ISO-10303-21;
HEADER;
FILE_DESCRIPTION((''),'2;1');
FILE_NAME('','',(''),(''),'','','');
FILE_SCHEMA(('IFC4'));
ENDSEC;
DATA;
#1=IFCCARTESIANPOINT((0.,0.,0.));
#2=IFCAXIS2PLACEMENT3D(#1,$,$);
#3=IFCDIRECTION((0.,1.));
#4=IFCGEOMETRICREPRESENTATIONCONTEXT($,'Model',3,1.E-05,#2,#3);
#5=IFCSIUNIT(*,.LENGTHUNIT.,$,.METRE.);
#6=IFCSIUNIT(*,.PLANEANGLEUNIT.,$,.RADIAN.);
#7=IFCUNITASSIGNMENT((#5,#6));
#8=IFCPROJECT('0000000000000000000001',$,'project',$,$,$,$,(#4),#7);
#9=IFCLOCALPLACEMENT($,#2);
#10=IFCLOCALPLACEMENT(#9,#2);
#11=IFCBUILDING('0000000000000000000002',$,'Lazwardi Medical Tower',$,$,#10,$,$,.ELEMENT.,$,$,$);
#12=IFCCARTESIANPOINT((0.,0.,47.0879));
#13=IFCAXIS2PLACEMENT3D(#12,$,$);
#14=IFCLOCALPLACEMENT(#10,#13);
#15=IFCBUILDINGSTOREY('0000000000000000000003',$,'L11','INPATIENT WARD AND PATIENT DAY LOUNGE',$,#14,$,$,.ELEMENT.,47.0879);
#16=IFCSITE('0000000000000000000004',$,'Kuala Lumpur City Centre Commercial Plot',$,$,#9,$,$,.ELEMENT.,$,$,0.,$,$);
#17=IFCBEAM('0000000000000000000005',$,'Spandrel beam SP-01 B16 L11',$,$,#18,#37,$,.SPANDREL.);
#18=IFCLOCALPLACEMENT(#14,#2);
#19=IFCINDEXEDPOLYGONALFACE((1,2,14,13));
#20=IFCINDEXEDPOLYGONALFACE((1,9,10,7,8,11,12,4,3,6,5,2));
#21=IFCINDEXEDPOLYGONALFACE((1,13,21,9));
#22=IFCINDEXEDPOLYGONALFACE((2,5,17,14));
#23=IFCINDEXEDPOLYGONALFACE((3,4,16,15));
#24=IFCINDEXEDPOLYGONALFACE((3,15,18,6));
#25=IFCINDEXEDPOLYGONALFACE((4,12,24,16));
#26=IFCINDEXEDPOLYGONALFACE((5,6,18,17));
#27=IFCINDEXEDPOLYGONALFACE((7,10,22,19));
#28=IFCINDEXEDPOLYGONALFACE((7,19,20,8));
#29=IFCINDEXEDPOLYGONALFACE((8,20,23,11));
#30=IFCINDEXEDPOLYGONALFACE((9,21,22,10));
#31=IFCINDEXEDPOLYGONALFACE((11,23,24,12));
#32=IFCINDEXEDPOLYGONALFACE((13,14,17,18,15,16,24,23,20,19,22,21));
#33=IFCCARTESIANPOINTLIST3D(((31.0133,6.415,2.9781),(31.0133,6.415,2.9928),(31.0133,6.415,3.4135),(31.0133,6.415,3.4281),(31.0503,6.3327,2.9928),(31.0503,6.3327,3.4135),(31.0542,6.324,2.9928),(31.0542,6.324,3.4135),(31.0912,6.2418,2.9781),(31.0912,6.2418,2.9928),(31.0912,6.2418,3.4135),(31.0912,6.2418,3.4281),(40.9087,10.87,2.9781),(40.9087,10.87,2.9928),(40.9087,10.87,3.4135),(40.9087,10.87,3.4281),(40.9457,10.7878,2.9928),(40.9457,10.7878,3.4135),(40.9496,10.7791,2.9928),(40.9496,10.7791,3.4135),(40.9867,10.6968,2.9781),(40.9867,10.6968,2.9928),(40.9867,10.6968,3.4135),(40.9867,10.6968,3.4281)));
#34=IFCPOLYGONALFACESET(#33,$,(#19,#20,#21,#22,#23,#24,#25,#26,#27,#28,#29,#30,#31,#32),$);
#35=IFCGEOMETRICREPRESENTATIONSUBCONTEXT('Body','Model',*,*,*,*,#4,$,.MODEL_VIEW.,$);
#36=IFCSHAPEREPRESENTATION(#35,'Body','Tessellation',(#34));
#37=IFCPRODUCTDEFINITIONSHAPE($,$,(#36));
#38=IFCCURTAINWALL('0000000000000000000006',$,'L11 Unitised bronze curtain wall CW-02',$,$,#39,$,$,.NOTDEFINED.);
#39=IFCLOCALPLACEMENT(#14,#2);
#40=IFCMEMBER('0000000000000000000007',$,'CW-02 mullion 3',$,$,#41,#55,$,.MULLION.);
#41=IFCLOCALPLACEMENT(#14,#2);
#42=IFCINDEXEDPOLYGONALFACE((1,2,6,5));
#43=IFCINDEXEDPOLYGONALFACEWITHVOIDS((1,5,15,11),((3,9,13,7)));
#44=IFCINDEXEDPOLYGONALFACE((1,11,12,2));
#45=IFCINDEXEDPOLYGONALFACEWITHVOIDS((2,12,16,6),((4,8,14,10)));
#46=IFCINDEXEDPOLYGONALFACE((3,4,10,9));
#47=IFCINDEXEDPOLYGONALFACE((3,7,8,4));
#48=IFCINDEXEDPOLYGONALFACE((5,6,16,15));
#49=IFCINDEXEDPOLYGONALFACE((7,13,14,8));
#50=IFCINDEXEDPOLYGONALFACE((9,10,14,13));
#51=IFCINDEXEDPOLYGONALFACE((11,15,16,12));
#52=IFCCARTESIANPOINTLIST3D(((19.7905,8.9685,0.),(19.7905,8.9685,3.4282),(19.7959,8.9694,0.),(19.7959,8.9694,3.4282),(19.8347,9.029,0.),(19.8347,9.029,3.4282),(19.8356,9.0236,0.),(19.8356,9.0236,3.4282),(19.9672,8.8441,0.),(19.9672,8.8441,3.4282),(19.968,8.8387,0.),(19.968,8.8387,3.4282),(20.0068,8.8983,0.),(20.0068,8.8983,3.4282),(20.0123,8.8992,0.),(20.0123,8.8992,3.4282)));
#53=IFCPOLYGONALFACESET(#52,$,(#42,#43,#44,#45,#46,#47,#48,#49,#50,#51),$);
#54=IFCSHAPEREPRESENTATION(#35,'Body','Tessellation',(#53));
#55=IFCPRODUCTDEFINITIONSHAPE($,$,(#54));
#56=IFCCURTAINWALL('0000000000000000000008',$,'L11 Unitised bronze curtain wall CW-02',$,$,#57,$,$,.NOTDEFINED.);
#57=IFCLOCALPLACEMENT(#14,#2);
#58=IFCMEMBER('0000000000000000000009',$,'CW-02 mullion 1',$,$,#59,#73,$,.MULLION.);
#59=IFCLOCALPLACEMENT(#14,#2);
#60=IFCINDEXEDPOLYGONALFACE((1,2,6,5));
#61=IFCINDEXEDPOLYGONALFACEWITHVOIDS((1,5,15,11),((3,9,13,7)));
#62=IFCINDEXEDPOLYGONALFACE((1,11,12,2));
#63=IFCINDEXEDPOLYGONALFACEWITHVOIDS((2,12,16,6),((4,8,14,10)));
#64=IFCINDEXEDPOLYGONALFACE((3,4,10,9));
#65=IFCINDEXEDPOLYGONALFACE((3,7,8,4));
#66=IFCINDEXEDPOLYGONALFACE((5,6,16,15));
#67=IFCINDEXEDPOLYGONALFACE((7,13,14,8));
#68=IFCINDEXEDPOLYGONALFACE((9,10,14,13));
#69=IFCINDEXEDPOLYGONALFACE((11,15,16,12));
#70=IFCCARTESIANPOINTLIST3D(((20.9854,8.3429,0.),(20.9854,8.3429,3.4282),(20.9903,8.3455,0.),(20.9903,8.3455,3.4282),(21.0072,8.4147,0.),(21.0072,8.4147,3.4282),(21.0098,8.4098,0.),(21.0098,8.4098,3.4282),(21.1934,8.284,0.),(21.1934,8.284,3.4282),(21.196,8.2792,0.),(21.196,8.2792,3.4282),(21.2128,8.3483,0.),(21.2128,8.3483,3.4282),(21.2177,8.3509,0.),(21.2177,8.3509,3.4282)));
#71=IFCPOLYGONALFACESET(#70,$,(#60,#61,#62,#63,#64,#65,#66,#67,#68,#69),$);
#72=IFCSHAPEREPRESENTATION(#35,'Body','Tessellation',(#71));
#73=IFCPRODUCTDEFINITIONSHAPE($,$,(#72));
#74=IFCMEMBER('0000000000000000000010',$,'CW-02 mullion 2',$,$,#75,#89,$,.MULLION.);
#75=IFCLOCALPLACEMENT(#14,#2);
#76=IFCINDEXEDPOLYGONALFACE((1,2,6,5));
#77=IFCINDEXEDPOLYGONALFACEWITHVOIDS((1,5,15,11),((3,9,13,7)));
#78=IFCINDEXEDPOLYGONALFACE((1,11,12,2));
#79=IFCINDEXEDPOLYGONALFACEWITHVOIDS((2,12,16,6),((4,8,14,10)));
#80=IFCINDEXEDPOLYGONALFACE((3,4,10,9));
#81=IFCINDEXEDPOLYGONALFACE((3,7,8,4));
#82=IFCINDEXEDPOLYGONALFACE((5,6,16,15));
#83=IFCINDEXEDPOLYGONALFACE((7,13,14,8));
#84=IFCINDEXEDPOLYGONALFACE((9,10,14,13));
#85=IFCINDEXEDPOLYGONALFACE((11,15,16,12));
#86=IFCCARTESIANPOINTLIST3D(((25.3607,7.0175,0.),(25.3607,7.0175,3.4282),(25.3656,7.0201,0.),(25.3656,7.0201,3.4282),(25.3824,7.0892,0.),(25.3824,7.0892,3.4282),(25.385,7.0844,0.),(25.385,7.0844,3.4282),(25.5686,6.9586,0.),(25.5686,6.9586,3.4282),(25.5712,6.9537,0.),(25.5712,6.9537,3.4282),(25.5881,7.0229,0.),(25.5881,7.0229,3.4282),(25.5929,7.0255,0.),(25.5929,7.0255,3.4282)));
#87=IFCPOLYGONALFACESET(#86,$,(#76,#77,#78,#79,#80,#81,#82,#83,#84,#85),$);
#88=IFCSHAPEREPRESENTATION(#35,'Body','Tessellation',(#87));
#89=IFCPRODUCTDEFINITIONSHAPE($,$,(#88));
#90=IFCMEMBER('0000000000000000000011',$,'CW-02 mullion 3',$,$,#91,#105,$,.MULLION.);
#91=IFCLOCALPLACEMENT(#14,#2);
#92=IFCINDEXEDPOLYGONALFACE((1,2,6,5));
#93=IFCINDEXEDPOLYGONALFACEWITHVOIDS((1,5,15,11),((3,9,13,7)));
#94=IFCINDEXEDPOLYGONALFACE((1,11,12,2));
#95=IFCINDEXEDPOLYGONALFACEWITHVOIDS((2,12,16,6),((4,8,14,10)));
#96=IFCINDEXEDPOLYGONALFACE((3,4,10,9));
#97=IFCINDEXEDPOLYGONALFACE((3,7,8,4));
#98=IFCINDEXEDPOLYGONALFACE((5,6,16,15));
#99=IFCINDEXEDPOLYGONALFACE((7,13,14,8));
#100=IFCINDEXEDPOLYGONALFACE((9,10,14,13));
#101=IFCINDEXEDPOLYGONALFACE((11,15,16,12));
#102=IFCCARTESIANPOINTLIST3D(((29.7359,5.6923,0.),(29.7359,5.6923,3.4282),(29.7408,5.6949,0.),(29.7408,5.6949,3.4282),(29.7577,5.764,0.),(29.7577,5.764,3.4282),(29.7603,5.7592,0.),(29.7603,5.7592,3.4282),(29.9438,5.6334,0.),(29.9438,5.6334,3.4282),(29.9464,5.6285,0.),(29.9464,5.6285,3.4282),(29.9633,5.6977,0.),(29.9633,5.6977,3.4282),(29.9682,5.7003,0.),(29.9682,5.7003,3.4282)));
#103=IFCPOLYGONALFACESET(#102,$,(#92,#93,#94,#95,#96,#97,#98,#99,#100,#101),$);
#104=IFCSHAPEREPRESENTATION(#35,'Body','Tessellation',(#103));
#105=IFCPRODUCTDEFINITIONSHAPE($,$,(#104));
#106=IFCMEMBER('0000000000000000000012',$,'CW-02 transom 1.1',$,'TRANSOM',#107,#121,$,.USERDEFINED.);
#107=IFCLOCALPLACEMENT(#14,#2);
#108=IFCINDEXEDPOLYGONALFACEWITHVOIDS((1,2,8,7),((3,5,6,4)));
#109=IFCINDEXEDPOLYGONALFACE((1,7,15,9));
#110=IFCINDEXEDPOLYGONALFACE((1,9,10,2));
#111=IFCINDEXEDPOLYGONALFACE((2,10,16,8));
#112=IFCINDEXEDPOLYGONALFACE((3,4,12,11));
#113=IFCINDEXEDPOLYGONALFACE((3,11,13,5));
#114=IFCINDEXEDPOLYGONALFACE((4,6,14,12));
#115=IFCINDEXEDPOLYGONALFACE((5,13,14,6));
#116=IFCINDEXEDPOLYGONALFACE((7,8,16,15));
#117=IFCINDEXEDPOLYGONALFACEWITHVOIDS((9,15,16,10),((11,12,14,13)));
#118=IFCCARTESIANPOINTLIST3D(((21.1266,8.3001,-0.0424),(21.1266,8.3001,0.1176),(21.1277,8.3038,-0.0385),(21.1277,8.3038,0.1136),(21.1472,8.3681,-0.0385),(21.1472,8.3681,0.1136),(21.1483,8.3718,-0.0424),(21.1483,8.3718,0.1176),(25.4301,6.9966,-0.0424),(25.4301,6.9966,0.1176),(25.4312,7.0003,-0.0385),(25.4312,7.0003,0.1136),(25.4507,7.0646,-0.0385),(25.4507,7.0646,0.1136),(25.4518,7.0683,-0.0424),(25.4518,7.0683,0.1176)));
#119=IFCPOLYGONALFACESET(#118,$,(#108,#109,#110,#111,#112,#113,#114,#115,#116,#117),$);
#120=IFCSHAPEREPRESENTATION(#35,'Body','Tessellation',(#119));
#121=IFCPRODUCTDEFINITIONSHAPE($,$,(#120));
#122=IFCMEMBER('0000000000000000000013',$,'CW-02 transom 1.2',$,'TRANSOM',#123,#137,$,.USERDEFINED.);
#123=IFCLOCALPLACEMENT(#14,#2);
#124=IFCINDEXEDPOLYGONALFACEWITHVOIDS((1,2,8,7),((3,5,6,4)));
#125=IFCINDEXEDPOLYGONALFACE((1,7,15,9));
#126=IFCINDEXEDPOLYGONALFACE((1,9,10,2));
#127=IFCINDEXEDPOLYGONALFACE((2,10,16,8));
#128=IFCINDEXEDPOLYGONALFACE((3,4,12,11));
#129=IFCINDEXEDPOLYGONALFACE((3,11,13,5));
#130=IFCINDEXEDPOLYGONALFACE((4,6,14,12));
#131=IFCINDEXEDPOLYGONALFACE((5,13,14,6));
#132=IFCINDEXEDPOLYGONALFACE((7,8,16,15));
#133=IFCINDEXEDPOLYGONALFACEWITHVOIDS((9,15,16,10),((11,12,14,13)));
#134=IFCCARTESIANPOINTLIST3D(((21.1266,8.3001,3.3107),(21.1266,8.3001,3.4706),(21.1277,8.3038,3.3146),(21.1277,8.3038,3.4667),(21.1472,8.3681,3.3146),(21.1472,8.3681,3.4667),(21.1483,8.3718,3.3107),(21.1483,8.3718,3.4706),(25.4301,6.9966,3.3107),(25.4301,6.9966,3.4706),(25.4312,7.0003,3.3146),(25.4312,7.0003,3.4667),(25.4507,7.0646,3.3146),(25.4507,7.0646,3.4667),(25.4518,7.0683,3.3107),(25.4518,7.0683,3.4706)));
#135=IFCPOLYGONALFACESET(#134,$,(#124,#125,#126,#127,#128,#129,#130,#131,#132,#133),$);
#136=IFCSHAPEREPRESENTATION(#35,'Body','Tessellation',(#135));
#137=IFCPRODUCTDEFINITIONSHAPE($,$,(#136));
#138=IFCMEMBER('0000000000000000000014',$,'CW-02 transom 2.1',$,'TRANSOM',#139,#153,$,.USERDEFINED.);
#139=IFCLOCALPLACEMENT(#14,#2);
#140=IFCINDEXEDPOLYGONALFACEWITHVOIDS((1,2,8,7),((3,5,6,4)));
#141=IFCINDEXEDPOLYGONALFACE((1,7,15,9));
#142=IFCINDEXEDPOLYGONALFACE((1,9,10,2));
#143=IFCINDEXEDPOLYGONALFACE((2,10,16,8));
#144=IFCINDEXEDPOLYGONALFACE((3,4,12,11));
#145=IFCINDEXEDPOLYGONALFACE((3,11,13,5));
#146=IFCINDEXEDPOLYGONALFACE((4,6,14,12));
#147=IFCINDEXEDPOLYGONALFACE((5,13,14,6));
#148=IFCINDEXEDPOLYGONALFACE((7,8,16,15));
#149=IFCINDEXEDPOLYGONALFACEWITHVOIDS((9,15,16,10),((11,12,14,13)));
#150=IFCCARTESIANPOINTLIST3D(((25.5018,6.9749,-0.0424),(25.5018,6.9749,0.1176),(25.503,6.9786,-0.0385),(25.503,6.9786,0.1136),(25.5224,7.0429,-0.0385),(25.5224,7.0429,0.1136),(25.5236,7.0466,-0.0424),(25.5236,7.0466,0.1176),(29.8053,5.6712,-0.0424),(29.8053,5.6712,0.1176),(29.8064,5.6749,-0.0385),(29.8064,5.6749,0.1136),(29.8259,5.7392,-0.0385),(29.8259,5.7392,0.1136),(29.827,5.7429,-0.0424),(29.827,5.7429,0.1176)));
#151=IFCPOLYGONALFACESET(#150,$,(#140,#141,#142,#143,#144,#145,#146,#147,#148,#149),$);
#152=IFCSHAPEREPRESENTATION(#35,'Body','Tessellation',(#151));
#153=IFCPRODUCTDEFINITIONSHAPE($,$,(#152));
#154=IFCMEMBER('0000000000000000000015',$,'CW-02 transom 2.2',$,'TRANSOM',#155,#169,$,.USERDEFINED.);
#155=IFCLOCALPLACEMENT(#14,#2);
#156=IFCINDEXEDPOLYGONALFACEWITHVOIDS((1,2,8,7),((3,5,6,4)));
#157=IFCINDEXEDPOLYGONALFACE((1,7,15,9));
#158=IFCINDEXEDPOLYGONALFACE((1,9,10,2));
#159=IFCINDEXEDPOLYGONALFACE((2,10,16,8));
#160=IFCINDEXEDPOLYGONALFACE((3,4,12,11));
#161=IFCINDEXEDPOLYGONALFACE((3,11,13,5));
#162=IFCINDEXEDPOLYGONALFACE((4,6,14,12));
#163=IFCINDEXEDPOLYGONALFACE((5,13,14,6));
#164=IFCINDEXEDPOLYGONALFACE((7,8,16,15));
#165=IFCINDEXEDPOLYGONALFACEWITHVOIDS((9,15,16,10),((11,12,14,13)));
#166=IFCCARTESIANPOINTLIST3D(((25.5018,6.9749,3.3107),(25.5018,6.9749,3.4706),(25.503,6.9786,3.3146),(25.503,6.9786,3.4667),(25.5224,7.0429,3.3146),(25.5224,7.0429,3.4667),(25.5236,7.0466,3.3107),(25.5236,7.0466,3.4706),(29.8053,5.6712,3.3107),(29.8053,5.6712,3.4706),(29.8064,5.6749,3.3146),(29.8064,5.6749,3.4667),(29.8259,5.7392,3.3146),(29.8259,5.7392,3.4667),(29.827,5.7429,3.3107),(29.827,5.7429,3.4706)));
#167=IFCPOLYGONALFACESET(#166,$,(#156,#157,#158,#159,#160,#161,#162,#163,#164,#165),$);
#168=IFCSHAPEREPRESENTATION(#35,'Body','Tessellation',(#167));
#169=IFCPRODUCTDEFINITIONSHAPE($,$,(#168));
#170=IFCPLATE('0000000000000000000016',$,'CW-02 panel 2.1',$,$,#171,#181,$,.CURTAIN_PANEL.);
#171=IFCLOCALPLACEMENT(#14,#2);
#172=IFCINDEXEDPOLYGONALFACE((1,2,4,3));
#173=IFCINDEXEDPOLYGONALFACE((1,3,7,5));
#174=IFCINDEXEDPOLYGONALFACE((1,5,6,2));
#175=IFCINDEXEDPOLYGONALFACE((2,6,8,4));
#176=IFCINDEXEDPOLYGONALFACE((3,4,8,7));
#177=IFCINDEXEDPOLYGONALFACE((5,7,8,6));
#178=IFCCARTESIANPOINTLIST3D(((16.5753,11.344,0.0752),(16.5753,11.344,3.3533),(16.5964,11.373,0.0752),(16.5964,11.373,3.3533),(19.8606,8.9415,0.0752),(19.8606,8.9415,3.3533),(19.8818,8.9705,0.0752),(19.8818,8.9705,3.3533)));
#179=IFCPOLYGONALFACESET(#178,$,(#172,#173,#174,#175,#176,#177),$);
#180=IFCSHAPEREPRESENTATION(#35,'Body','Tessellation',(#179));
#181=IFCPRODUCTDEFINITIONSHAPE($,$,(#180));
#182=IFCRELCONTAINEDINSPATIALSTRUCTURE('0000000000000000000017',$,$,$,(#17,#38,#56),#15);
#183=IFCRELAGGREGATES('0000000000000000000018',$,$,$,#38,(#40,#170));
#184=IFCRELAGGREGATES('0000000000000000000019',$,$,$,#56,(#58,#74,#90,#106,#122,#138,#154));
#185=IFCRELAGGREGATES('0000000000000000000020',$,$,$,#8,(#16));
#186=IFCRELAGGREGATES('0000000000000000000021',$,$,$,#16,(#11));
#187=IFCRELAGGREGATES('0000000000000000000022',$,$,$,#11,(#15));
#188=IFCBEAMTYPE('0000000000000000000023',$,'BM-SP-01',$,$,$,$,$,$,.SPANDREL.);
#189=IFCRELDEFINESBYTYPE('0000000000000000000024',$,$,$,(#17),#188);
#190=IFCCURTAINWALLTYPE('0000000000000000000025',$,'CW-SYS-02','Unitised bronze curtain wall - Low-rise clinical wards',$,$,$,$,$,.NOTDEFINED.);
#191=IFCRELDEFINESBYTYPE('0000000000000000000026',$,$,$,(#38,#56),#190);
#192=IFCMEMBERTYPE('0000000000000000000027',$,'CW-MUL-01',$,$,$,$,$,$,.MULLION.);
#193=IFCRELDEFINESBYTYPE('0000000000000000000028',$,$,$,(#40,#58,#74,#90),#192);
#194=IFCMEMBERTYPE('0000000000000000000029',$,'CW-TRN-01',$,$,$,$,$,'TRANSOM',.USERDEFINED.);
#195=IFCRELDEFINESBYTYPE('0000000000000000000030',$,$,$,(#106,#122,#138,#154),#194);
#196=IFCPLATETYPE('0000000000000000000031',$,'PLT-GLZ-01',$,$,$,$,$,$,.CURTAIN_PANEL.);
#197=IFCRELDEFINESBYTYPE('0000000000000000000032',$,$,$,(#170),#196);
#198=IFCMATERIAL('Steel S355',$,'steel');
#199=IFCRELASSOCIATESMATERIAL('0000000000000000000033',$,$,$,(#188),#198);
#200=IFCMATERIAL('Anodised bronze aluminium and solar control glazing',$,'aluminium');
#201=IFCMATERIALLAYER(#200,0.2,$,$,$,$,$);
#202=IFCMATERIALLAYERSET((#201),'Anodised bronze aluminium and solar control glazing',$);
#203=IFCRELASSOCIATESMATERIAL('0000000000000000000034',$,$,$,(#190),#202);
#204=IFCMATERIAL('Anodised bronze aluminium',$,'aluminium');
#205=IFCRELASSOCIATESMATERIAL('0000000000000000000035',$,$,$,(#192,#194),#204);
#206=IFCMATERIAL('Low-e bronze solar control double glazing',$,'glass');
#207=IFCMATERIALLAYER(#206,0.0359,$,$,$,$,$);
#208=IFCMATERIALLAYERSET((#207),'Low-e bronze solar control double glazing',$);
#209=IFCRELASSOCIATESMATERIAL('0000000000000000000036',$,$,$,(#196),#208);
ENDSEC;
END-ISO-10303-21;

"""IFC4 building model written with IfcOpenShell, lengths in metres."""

from ifc_helpers import new_model, si_unit, direction, frame, origin, origin_2d, place, context, subcontext, project, spatial, rectangle, hollow_rectangle, i_section, extrude, material, layer, layer_set, material_profile, profile_set, type_object, element, aggregate, save


model = new_model("IFC4")

# Units and contexts
model_context = context("Model", 3, precision=1e-05, world=origin(), true_north=direction((0.0, 1.0)))
body_context = subcontext(model_context, "Body", "Model", "MODEL_VIEW")
ifc_project = project(units=[si_unit("LENGTHUNIT", "METRE"), si_unit("PLANEANGLEUNIT", "RADIAN")], contexts=[model_context])

# Site, building, storey
site_placement = place(None, origin())
site = spatial("IfcSite", under=ifc_project, at=site_placement, Name="Kuala Lumpur City Centre Commercial Plot", CompositionType="ELEMENT", RefElevation=0.0)
building_placement = place(site_placement, origin())
building = spatial("IfcBuilding", under=site, at=building_placement, Name="Lazwardi Medical Tower", CompositionType="ELEMENT")
storey_placement = place(building_placement, frame((0.0, 0.0, 47.0879)))
storey = spatial("IfcBuildingStorey", under=building, at=storey_placement, Name="L11", Description="INPATIENT WARD AND PATIENT DAY LOUNGE", CompositionType="ELEMENT", Elevation=47.0879)

# Beam
ifc_material_1 = material(Name="Steel S355", Category="steel")
ifc_material_profile_1 = material_profile(ifc_material_1, i_section(OverallWidth=0.1899, OverallDepth=0.45, WebThickness=0.0095, FlangeThickness=0.0146, at=origin_2d()), Name="IPE 450")
ifc_profile_set_1 = profile_set([ifc_material_profile_1], Name="Steel S355")
beam_type_1 = type_object("IfcBeamType", Name="BM-SP-01", PredefinedType="SPANDREL", material=ifc_profile_set_1)
beam_1_placement = place(storey_placement, frame((31.0522, 6.3284, 3.2031), z_axis=(0.911849, 0.410526, 0.0), x_axis=(-0.410526, 0.911849, 0.0)))
element("IfcBeam", 1, at=beam_1_placement, inside=storey, type_object=beam_type_1, Name="Spandrel beam SP-01 B16 L11", PredefinedType="SPANDREL", context=body_context, shape_type="SweptSolid", body=[
    extrude(i_section(OverallWidth=0.1899, OverallDepth=0.45, WebThickness=0.0095, FlangeThickness=0.0146, at=origin_2d()), origin(), (0.0, 0.0, 1.0), 10.8521),
])

# Curtain wall, member
ifc_material_2 = material(Name="Anodised bronze aluminium and solar control glazing", Category="aluminium")
ifc_layer_1 = layer(ifc_material_2, 0.2)
ifc_layer_set_1 = layer_set([ifc_layer_1], Name="Anodised bronze aluminium and solar control glazing")
curtain_wall_type = type_object("IfcCurtainWallType", Name="CW-SYS-02", Description="Unitised bronze curtain wall - Low-rise clinical wards", PredefinedType="NOTDEFINED", material=ifc_layer_set_1)
curtain_wall_1_placement = place(storey_placement, origin())
curtain_wall_1 = element("IfcCurtainWall", 2, at=curtain_wall_1_placement, inside=storey, type_object=curtain_wall_type, Name="L11 Unitised bronze curtain wall CW-02", PredefinedType="NOTDEFINED")
ifc_material_3 = material(Name="Anodised bronze aluminium", Category="aluminium")
ifc_material_profile_2 = material_profile(ifc_material_3, hollow_rectangle(XDim=0.075, YDim=0.22, WallThickness=0.0039, at=origin_2d()), Name="ALU-MULLION 220x75x4")
ifc_profile_set_2 = profile_set([ifc_material_profile_2], Name="Anodised bronze aluminium")
member_type_1 = type_object("IfcMemberType", Name="CW-MUL-01", PredefinedType="MULLION", material=ifc_profile_set_2)
member_1_placement = place(storey_placement, frame((19.9014, 8.9338, 0.0), z_axis=(0.0, 0.0, 1.0), x_axis=(0.590289, 0.807192, 0.0)))
member_1 = element("IfcMember", 3, at=member_1_placement, type_object=member_type_1, Name="CW-02 mullion 3", PredefinedType="MULLION", context=body_context, shape_type="SweptSolid", body=[
    extrude(hollow_rectangle(XDim=0.075, YDim=0.22, WallThickness=0.0039, at=origin_2d()), origin(), (0.0, 0.0, 1.0), 3.4282),
])

# Curtain wall, members
curtain_wall_2_placement = place(storey_placement, origin())
curtain_wall_2 = element("IfcCurtainWall", 4, at=curtain_wall_2_placement, inside=storey, type_object=curtain_wall_type, Name="L11 Unitised bronze curtain wall CW-02", PredefinedType="NOTDEFINED")
member_2_placement = place(storey_placement, frame((21.1016, 8.3469, 0.0), z_axis=(0.0, 0.0, 1.0), x_axis=(0.289896, 0.957058, 0.0)))
member_2 = element("IfcMember", 5, at=member_2_placement, type_object=member_type_1, Name="CW-02 mullion 1", PredefinedType="MULLION", context=body_context, shape_type="SweptSolid", body=[
    extrude(hollow_rectangle(XDim=0.075, YDim=0.22, WallThickness=0.0039, at=origin_2d()), origin(), (0.0, 0.0, 1.0), 3.4282),
])
member_3_placement = place(storey_placement, frame((25.4768, 7.0215, 0.0), z_axis=(0.0, 0.0, 1.0), x_axis=(0.289896, 0.957058, 0.0)))
member_3 = element("IfcMember", 6, at=member_3_placement, type_object=member_type_1, Name="CW-02 mullion 2", PredefinedType="MULLION", context=body_context, shape_type="SweptSolid", body=[
    extrude(hollow_rectangle(XDim=0.075, YDim=0.22, WallThickness=0.0039, at=origin_2d()), origin(), (0.0, 0.0, 1.0), 3.4282),
])
member_4_placement = place(storey_placement, frame((29.8521, 5.6963, 0.0), z_axis=(0.0, 0.0, 1.0), x_axis=(0.289896, 0.957058, 0.0)))
member_4 = element("IfcMember", 7, at=member_4_placement, type_object=member_type_1, Name="CW-02 mullion 3", PredefinedType="MULLION", context=body_context, shape_type="SweptSolid", body=[
    extrude(hollow_rectangle(XDim=0.075, YDim=0.22, WallThickness=0.0039, at=origin_2d()), origin(), (0.0, 0.0, 1.0), 3.4282),
])
ifc_material_profile_3 = material_profile(ifc_material_3, hollow_rectangle(XDim=0.075, YDim=0.1599, WallThickness=0.0039, at=origin_2d()), Name="ALU-TRANSOM 160x75x4")
ifc_profile_set_3 = profile_set([ifc_material_profile_3], Name="Anodised bronze aluminium")
member_type_2 = type_object("IfcMemberType", Name="CW-TRN-01", ElementType="TRANSOM", PredefinedType="USERDEFINED", material=ifc_profile_set_3)
member_5_placement = place(storey_placement, frame((21.1375, 8.3359, 0.0376), z_axis=(0.957062, -0.289882, 0.0), x_axis=(0.289882, 0.957062, 0.0)))
member_5 = element("IfcMember", 8, at=member_5_placement, type_object=member_type_2, Name="CW-02 transom 1.1", ObjectType="TRANSOM", PredefinedType="USERDEFINED", context=body_context, shape_type="SweptSolid", body=[
    extrude(hollow_rectangle(XDim=0.075, YDim=0.1599, WallThickness=0.0039, at=origin_2d()), origin(), (0.0, 0.0, 1.0), 4.4966),
])
member_6_placement = place(storey_placement, frame((21.1375, 8.3359, 3.3906), z_axis=(0.957062, -0.289882, 0.0), x_axis=(0.289882, 0.957062, 0.0)))
member_6 = element("IfcMember", 9, at=member_6_placement, type_object=member_type_2, Name="CW-02 transom 1.2", ObjectType="TRANSOM", PredefinedType="USERDEFINED", context=body_context, shape_type="SweptSolid", body=[
    extrude(hollow_rectangle(XDim=0.075, YDim=0.1599, WallThickness=0.0039, at=origin_2d()), origin(), (0.0, 0.0, 1.0), 4.4966),
])
member_7_placement = place(storey_placement, frame((25.5127, 7.0107, 0.0376), z_axis=(0.957047, -0.289932, 0.0), x_axis=(0.289932, 0.957047, 0.0)))
member_7 = element("IfcMember", 10, at=member_7_placement, type_object=member_type_2, Name="CW-02 transom 2.1", ObjectType="TRANSOM", PredefinedType="USERDEFINED", context=body_context, shape_type="SweptSolid", body=[
    extrude(hollow_rectangle(XDim=0.075, YDim=0.1599, WallThickness=0.0039, at=origin_2d()), origin(), (0.0, 0.0, 1.0), 4.4966),
])
member_8_placement = place(storey_placement, frame((25.5127, 7.0107, 3.3906), z_axis=(0.957047, -0.289932, 0.0), x_axis=(0.289932, 0.957047, 0.0)))
member_8 = element("IfcMember", 11, at=member_8_placement, type_object=member_type_2, Name="CW-02 transom 2.2", ObjectType="TRANSOM", PredefinedType="USERDEFINED", context=body_context, shape_type="SweptSolid", body=[
    extrude(hollow_rectangle(XDim=0.075, YDim=0.1599, WallThickness=0.0039, at=origin_2d()), origin(), (0.0, 0.0, 1.0), 4.4966),
])

# Plate
ifc_material_4 = material(Name="Low-e bronze solar control double glazing", Category="glass")
ifc_layer_2 = layer(ifc_material_4, 0.0359)
ifc_layer_set_2 = layer_set([ifc_layer_2], Name="Low-e bronze solar control double glazing")
plate_type = type_object("IfcPlateType", Name="PLT-GLZ-01", PredefinedType="CURTAIN_PANEL", material=ifc_layer_set_2)
plate_1_placement = place(storey_placement, frame((18.2285, 10.1572, 0.0752), z_axis=(0.0, 0.0, 1.0), x_axis=(0.807192, -0.590289, 0.0)))
plate_1 = element("IfcPlate", 12, at=plate_1_placement, type_object=plate_type, Name="CW-02 panel 2.1", PredefinedType="CURTAIN_PANEL", context=body_context, shape_type="SweptSolid", body=[
    extrude(rectangle(XDim=4.0701, YDim=0.0359, at=origin_2d()), origin(), (0.0, 0.0, 1.0), 3.2781),
])
aggregate(curtain_wall_1, [member_1, plate_1])
aggregate(curtain_wall_2, [member_2, member_3, member_4, member_5, member_6, member_7, member_8])

save(model, "model.ifc")
